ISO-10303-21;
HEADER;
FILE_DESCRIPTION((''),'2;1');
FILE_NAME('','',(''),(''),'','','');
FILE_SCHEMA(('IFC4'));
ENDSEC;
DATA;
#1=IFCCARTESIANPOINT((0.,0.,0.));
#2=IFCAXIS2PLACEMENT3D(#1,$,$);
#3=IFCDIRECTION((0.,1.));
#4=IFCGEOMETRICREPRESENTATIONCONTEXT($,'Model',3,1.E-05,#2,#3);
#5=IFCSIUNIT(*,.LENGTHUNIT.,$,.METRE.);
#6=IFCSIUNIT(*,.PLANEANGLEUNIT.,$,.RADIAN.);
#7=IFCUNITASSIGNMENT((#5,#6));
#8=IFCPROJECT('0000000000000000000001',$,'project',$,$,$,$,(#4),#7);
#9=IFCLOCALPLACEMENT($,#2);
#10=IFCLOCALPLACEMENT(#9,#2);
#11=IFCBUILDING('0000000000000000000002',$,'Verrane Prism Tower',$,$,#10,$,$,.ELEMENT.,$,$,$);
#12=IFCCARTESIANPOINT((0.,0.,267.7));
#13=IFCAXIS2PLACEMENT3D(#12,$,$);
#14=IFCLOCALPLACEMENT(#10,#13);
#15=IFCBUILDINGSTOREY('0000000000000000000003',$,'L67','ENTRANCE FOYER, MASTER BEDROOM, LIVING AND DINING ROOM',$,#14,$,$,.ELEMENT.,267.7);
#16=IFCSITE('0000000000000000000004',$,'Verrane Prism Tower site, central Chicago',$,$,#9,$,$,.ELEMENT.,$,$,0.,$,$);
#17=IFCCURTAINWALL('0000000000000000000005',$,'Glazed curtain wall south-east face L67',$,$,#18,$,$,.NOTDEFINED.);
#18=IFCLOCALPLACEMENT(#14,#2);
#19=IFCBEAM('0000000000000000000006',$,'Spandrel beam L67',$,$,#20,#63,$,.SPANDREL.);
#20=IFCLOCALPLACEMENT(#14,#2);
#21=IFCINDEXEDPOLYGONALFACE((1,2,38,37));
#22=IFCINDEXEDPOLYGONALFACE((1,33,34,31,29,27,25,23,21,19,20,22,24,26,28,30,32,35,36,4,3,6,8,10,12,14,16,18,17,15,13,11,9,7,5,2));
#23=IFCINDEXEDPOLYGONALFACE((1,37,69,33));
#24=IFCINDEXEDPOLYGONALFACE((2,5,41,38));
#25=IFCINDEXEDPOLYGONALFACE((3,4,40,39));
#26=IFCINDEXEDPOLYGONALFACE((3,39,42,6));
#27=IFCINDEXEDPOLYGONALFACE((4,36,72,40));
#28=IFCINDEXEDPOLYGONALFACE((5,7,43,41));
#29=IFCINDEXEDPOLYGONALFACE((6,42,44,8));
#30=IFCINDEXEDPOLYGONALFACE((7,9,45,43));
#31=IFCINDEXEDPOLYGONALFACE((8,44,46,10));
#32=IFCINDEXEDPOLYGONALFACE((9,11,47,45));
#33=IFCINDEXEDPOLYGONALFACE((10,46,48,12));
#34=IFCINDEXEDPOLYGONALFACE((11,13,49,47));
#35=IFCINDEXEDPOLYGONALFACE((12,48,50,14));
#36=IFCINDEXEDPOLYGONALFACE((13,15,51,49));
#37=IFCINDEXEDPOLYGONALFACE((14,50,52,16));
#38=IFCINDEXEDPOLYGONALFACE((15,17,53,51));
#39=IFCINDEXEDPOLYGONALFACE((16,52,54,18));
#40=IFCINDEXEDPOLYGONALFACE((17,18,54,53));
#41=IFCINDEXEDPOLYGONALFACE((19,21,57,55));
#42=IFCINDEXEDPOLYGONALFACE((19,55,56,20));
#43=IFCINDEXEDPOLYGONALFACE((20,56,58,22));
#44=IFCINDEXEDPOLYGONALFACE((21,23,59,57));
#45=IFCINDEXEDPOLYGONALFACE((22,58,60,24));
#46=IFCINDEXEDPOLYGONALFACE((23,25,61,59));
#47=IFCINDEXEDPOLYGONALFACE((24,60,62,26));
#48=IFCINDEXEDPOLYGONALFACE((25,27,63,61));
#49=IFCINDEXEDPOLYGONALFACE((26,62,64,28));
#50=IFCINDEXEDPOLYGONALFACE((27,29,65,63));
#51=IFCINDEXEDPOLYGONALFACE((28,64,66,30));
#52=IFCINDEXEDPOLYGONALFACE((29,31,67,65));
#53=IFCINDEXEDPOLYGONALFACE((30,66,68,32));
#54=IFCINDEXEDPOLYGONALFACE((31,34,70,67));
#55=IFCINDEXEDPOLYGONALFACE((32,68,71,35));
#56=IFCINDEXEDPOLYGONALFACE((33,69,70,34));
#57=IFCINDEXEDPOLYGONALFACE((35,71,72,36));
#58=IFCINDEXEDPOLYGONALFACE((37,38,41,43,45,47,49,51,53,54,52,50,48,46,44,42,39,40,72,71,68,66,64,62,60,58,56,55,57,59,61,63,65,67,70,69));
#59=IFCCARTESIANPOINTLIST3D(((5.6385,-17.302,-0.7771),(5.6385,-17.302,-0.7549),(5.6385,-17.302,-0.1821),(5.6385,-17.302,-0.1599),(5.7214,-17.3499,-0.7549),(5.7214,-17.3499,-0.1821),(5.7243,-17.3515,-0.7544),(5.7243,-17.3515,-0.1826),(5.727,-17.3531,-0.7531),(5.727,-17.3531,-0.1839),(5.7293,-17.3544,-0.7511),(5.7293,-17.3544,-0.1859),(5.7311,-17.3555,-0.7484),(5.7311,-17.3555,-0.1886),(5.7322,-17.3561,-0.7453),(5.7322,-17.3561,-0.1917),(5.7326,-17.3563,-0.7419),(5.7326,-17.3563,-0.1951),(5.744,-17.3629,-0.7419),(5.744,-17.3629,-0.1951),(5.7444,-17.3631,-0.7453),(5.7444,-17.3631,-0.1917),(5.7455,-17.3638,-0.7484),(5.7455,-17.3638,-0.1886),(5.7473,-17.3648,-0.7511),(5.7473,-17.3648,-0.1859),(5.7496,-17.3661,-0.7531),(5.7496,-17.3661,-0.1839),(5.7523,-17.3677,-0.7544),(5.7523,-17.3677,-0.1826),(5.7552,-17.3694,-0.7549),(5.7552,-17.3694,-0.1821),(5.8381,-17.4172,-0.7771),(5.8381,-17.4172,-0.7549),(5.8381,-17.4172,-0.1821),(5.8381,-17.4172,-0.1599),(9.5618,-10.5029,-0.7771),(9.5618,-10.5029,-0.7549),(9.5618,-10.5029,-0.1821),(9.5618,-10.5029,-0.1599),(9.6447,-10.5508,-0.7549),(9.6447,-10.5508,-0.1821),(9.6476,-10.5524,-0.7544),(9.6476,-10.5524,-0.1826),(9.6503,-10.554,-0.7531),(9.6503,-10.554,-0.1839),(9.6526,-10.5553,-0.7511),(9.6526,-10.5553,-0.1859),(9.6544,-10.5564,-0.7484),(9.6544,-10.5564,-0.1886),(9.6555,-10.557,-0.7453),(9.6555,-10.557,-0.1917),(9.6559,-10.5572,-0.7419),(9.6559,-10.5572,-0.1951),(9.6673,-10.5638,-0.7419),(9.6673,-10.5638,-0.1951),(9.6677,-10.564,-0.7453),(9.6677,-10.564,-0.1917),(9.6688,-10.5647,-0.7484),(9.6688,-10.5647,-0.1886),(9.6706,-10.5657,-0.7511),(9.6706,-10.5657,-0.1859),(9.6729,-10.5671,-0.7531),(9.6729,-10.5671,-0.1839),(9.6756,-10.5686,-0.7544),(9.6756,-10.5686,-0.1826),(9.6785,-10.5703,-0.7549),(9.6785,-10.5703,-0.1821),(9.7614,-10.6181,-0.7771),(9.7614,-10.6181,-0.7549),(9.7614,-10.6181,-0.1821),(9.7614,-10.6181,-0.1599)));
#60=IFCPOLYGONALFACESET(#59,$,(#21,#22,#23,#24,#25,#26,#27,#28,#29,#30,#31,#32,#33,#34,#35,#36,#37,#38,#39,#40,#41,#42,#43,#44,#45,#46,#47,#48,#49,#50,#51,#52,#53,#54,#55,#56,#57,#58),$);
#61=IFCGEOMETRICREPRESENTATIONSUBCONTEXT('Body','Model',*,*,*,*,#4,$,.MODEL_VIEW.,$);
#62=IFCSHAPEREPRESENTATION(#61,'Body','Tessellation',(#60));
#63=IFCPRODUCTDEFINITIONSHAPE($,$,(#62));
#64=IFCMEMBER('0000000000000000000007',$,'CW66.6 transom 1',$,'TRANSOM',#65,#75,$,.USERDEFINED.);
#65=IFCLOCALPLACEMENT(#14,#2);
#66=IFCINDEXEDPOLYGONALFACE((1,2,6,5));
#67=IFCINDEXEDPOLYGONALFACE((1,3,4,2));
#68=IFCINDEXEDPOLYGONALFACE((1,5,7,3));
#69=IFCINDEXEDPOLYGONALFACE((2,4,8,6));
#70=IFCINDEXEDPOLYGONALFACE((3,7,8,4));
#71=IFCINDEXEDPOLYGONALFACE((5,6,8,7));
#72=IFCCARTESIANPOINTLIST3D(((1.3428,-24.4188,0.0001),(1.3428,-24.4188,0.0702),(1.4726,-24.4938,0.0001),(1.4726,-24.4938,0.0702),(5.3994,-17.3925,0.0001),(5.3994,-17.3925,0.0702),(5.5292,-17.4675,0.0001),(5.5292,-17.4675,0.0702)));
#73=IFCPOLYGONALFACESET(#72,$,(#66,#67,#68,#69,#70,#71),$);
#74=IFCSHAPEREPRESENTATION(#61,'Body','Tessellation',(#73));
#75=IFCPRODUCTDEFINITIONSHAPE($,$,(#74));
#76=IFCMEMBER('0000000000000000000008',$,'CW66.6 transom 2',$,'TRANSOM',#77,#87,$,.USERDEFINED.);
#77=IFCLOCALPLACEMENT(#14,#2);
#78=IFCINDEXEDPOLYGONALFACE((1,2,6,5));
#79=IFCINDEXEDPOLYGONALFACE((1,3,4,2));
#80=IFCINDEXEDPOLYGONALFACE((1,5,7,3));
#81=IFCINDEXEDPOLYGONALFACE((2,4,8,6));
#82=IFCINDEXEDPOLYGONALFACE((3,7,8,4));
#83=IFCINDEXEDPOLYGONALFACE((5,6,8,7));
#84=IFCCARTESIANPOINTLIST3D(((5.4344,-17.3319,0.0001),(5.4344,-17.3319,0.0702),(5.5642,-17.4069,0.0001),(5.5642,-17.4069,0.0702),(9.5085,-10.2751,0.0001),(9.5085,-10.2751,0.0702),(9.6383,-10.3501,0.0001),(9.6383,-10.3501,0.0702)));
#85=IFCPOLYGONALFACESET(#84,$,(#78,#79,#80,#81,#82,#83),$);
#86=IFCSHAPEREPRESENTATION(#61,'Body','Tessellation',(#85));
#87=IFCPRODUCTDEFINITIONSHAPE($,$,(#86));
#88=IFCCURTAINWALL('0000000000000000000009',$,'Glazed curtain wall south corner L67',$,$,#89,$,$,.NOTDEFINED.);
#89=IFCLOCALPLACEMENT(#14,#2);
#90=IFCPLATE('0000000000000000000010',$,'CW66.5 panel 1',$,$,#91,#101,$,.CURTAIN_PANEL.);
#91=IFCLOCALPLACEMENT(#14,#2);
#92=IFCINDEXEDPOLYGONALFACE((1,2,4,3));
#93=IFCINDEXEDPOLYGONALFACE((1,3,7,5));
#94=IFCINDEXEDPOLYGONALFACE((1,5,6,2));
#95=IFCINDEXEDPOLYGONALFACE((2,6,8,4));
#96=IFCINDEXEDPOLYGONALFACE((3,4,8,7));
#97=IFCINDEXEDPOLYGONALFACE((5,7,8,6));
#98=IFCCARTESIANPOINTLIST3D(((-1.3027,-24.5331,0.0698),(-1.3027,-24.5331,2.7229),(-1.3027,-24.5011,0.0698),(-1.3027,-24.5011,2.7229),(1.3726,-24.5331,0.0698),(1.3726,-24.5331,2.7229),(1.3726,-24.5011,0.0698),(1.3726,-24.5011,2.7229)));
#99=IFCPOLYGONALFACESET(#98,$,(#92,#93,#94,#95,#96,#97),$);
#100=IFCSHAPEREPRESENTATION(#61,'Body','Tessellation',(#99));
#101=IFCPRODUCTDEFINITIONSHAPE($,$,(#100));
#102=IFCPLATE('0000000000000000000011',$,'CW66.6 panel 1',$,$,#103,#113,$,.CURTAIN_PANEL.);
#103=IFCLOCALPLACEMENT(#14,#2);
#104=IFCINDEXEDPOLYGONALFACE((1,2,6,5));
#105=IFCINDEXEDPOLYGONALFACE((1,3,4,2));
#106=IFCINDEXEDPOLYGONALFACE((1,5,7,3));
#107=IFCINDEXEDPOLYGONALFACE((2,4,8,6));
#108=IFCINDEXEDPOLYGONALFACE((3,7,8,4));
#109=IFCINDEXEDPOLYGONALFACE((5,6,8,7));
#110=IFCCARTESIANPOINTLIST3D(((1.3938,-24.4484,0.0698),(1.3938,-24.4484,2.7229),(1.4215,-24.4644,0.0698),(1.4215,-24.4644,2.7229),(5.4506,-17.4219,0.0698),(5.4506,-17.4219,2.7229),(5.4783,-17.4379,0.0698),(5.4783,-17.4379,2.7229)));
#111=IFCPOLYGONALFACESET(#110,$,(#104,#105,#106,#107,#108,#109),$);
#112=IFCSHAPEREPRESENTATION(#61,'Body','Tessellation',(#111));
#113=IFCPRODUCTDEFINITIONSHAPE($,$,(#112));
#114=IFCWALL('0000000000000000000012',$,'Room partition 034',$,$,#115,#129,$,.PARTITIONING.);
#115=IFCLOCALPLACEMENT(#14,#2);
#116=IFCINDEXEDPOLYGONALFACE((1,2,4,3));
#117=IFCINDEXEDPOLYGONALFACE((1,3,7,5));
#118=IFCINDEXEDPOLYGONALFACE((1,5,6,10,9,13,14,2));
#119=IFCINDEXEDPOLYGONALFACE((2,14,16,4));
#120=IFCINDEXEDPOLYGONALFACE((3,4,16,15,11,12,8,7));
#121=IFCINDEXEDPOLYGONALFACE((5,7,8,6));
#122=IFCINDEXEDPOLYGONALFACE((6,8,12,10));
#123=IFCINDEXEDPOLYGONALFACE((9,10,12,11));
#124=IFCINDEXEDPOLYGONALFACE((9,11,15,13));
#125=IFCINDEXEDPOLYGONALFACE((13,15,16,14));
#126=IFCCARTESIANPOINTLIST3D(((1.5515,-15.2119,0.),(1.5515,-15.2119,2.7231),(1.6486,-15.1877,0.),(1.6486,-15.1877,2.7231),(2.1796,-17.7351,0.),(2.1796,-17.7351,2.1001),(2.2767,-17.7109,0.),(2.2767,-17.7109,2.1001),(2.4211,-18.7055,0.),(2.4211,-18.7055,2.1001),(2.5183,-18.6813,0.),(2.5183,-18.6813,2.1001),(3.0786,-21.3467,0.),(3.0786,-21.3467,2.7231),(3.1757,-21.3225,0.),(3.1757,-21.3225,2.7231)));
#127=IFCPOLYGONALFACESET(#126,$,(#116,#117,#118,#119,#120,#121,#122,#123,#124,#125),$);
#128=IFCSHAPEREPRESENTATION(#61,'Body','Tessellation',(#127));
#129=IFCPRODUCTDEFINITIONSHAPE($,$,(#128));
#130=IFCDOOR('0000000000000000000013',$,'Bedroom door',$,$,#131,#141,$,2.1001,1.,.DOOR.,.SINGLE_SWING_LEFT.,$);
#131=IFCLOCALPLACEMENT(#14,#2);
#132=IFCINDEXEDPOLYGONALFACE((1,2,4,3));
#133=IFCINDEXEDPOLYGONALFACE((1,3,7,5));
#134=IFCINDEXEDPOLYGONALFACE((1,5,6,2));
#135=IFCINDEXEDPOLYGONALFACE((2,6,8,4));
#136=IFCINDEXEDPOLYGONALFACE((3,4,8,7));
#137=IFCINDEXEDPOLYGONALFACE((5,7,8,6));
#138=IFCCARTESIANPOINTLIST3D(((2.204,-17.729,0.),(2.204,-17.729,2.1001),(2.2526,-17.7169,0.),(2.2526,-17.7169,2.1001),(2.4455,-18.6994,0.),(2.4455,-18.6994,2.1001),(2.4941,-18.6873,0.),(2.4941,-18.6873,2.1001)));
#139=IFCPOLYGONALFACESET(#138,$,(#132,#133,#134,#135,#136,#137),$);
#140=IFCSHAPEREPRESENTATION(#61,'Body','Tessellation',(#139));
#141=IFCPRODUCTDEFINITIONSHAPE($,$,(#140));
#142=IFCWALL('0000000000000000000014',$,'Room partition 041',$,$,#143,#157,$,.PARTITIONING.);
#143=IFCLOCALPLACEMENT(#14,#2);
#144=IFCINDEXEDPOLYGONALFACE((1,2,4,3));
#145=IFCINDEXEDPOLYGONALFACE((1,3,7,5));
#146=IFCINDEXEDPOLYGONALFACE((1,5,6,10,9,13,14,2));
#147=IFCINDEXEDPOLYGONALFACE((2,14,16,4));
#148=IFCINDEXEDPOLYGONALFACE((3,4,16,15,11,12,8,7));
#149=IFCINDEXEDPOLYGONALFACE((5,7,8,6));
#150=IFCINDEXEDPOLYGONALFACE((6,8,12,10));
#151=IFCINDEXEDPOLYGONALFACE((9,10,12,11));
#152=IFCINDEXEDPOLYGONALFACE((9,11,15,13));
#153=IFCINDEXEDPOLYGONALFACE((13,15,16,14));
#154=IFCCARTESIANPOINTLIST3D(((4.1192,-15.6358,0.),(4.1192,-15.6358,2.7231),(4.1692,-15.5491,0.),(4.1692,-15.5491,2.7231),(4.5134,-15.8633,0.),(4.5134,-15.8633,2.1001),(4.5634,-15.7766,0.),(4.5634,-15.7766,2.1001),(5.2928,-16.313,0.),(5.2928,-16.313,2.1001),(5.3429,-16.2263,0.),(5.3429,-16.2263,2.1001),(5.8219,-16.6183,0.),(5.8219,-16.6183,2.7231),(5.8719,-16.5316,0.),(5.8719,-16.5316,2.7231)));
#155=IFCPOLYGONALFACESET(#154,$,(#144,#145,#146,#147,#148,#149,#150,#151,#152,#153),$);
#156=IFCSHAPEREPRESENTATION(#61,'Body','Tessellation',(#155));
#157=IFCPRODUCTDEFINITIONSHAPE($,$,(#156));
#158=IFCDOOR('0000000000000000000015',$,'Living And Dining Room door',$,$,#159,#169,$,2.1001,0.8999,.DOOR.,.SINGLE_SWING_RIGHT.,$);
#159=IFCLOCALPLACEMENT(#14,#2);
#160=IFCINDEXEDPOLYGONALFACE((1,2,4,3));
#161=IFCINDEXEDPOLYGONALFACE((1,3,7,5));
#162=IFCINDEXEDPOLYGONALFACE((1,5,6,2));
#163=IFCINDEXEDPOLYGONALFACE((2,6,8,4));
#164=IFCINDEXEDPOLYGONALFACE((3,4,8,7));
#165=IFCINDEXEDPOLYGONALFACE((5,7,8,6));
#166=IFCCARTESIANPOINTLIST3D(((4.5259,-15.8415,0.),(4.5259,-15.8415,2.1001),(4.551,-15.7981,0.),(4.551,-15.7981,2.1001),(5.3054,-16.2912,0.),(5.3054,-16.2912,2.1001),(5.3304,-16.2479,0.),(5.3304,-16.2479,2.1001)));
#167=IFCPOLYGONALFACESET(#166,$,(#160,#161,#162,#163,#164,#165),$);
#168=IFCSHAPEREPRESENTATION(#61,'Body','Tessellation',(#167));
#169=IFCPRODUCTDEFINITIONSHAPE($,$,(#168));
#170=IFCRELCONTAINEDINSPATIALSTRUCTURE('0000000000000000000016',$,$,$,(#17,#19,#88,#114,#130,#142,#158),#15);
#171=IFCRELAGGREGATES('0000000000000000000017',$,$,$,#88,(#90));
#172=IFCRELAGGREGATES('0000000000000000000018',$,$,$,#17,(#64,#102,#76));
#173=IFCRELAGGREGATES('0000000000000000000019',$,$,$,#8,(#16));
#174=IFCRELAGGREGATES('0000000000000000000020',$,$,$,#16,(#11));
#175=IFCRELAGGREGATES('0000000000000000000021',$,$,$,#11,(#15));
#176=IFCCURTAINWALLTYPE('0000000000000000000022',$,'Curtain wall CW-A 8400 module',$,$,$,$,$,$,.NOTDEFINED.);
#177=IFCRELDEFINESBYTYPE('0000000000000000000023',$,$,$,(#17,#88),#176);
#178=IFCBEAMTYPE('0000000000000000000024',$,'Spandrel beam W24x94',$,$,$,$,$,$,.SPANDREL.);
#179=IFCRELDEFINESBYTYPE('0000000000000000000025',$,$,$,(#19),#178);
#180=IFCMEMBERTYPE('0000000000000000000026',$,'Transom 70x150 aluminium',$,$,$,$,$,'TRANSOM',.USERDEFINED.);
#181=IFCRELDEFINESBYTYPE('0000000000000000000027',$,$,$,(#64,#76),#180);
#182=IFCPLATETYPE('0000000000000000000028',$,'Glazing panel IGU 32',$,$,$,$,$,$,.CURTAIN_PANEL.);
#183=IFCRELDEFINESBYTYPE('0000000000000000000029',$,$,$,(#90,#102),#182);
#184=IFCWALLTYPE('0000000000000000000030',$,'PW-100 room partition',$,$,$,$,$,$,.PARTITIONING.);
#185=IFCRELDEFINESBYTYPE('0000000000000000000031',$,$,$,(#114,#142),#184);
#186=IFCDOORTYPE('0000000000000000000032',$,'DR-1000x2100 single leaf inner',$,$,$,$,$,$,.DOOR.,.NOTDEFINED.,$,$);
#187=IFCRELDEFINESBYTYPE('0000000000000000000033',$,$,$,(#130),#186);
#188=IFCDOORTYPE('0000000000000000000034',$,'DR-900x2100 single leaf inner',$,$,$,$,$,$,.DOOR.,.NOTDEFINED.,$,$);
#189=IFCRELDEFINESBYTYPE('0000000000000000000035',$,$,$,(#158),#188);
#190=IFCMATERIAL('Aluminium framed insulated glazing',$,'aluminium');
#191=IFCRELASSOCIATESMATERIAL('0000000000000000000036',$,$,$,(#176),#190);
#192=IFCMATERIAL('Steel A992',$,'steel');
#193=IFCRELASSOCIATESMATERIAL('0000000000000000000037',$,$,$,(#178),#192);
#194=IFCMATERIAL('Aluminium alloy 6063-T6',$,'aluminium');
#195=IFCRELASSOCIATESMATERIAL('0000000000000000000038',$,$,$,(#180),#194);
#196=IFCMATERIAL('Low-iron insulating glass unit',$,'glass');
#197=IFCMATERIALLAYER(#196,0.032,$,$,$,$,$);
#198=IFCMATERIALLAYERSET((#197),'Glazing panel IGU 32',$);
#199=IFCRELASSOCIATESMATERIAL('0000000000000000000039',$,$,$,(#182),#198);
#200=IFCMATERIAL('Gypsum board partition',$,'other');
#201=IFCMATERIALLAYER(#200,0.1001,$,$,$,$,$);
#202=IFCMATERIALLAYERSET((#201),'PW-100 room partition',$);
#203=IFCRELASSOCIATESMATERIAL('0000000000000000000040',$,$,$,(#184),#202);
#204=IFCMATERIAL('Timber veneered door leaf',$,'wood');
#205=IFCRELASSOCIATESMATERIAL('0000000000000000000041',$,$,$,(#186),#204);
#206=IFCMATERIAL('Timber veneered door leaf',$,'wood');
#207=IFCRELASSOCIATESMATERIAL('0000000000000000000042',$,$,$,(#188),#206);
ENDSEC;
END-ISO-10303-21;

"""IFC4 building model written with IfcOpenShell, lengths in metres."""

from ifc_helpers import new_model, si_unit, direction, frame, frame_2d, origin, origin_2d, place, context, subcontext, project, spatial, rectangle, i_section, extrude, material, layer, layer_set, material_profile, profile_set, type_object, element, fill, aggregate, save


model = new_model("IFC4")

# Units and contexts
model_context = context("Model", 3, precision=1e-05, world=origin(), true_north=direction((0.0, 1.0)))
body_context = subcontext(model_context, "Body", "Model", "MODEL_VIEW")
ifc_project = project(units=[si_unit("LENGTHUNIT", "METRE"), si_unit("PLANEANGLEUNIT", "RADIAN")], contexts=[model_context])

# Site, building, storey
site_placement = place(None, origin())
site = spatial("IfcSite", under=ifc_project, at=site_placement, Name="Verrane Prism Tower site, central Chicago", CompositionType="ELEMENT", RefElevation=0.0)
building_placement = place(site_placement, origin())
building = spatial("IfcBuilding", under=site, at=building_placement, Name="Verrane Prism Tower", CompositionType="ELEMENT")
storey_placement = place(building_placement, frame((0.0, 0.0, 267.7)))
storey = spatial("IfcBuildingStorey", under=building, at=storey_placement, Name="L67", Description="ENTRANCE FOYER, MASTER BEDROOM, LIVING AND DINING ROOM", CompositionType="ELEMENT", Elevation=267.7)

# Curtain wall
ifc_material_1 = material(Name="Aluminium framed insulated glazing", Category="aluminium")
curtain_wall_type = type_object("IfcCurtainWallType", Name="Curtain wall CW-A 8400 module", PredefinedType="NOTDEFINED", material=ifc_material_1)
curtain_wall_1_placement = place(storey_placement, origin())
curtain_wall_1 = element("IfcCurtainWall", 1, at=curtain_wall_1_placement, inside=storey, type_object=curtain_wall_type, Name="Glazed curtain wall south-east face L67", PredefinedType="NOTDEFINED")

# Beam
ifc_material_2 = material(Name="Steel A992", Category="steel")
ifc_material_profile_1 = material_profile(ifc_material_2, i_section(OverallWidth=0.2305, OverallDepth=0.6172, WebThickness=0.0132, FlangeThickness=0.0222, FilletRadius=0.0129, at=origin_2d()), Name="W24x94")
ifc_profile_set_1 = profile_set([ifc_material_profile_1], Name="Steel A992")
beam_type_1 = type_object("IfcBeamType", Name="Spandrel beam W24x94", PredefinedType="SPANDREL", material=ifc_profile_set_1)
beam_1_placement = place(storey_placement, frame((5.7383, -17.3596, -0.4685), z_axis=(0.499799, 0.866142, 0.0), x_axis=(-0.866142, 0.499799, 0.0)))
element("IfcBeam", 2, at=beam_1_placement, inside=storey, type_object=beam_type_1, Name="Spandrel beam L67", PredefinedType="SPANDREL", context=body_context, shape_type="SweptSolid", body=[
    extrude(i_section(OverallWidth=0.2305, OverallDepth=0.6172, WebThickness=0.0132, FlangeThickness=0.0222, FilletRadius=0.0129, at=origin_2d()), origin(), (0.0, 0.0, 1.0), 7.8499),
])

# Members
ifc_material_3 = material(Name="Aluminium alloy 6063-T6", Category="aluminium")
ifc_material_profile_2 = material_profile(ifc_material_3, rectangle(XDim=0.1499, YDim=0.0701, at=origin_2d()), Name="Transom 70x150 aluminium")
ifc_profile_set_2 = profile_set([ifc_material_profile_2], Name="Aluminium alloy 6063-T6")
member_type_1 = type_object("IfcMemberType", Name="Transom 70x150 aluminium", ElementType="TRANSOM", PredefinedType="USERDEFINED", material=ifc_profile_set_2)
member_1_placement = place(storey_placement, frame((1.4077, -24.4563, 0.0352), z_axis=(0.499997, 0.866027, 0.0), x_axis=(-0.866027, 0.499997, 0.0)))
member_1 = element("IfcMember", 3, at=member_1_placement, type_object=member_type_1, Name="CW66.6 transom 1", ObjectType="TRANSOM", PredefinedType="USERDEFINED", context=body_context, shape_type="SweptSolid", body=[
    extrude(rectangle(XDim=0.1499, YDim=0.0701, at=origin_2d()), origin(), (0.0, 0.0, 1.0), 8.1133),
])
member_2_placement = place(storey_placement, frame((5.4993, -17.3694, 0.0352), z_axis=(0.499993, 0.866029, 0.0), x_axis=(-0.866029, 0.499993, 0.0)))
member_2 = element("IfcMember", 4, at=member_2_placement, type_object=member_type_1, Name="CW66.6 transom 2", ObjectType="TRANSOM", PredefinedType="USERDEFINED", context=body_context, shape_type="SweptSolid", body=[
    extrude(rectangle(XDim=0.1499, YDim=0.0701, at=origin_2d()), origin(), (0.0, 0.0, 1.0), 8.1484),
])

# Curtain wall, plate
curtain_wall_2_placement = place(storey_placement, origin())
curtain_wall_2 = element("IfcCurtainWall", 5, at=curtain_wall_2_placement, inside=storey, type_object=curtain_wall_type, Name="Glazed curtain wall south corner L67", PredefinedType="NOTDEFINED")
ifc_material_4 = material(Name="Low-iron insulating glass unit", Category="glass")
ifc_layer_1 = layer(ifc_material_4, 0.032)
ifc_layer_set_1 = layer_set([ifc_layer_1], Name="Glazing panel IGU 32")
plate_type = type_object("IfcPlateType", Name="Glazing panel IGU 32", PredefinedType="CURTAIN_PANEL", material=ifc_layer_set_1)
plate_1_placement = place(storey_placement, frame((0.0349, -24.5171, 0.0698), z_axis=(0.0, 0.0, 1.0), x_axis=(1.0, 0.0, 0.0)))
plate_1 = element("IfcPlate", 6, at=plate_1_placement, type_object=plate_type, Name="CW66.5 panel 1", PredefinedType="CURTAIN_PANEL", context=body_context, shape_type="SweptSolid", body=[
    extrude(rectangle(XDim=2.6753, YDim=0.032, at=origin_2d()), origin(), (0.0, 0.0, 1.0), 2.6531),
])
aggregate(curtain_wall_2, [plate_1])

# Plate
plate_2_placement = place(storey_placement, frame((3.436, -20.9431, 0.0698), z_axis=(0.0, 0.0, 1.0), x_axis=(0.500001, 0.866025, 0.0)))
plate_2 = element("IfcPlate", 7, at=plate_2_placement, type_object=plate_type, Name="CW66.6 panel 1", PredefinedType="CURTAIN_PANEL", context=body_context, shape_type="SweptSolid", body=[
    extrude(rectangle(XDim=8.1135, YDim=0.032, at=origin_2d()), origin(), (0.0, 0.0, 1.0), 2.6531),
])
aggregate(curtain_wall_1, [member_1, plate_2, member_2])

# Walls, openings, doors
ifc_material_5 = material(Name="Gypsum board partition", Category="other")
ifc_layer_2 = layer(ifc_material_5, 0.1001)
ifc_layer_set_2 = layer_set([ifc_layer_2], Name="PW-100 room partition")
wall_type_1 = type_object("IfcWallType", Name="PW-100 room partition", PredefinedType="PARTITIONING", material=ifc_layer_set_2)
wall_1_placement = place(storey_placement, frame((3.1272, -21.3347, 0.0), z_axis=(0.0, 0.0, 1.0), x_axis=(-0.241554, 0.970387, 0.0)))
wall_1 = element("IfcWall", 8, at=wall_1_placement, inside=storey, type_object=wall_type_1, Name="Room partition 034", PredefinedType="PARTITIONING", context=body_context, shape_type="SweptSolid", body=[
    extrude(rectangle(XDim=6.322, YDim=0.1001, at=frame_2d((3.1611, 0.0))), origin(), (0.0, 0.0, 1.0), 2.7231),
])
opening_1_placement = place(wall_1_placement, frame((2.7219, 0.0, 0.0)))
opening_1 = element("IfcOpeningElement", 9, at=opening_1_placement, cuts=wall_1, PredefinedType="OPENING", context=body_context, shape_type="SweptSolid", body=[
    extrude(rectangle(XDim=1.0, YDim=2.1001, at=frame_2d((0.5, 1.05))), frame((0.0, 0.0601, 0.0), z_axis=(0.0, -1.0, 0.0), x_axis=(1.0, 0.0, 0.0)), (0.0, 0.0, 1.0), 0.1201),
])
ifc_material_6 = material(Name="Timber veneered door leaf", Category="wood")
door_type_1 = type_object("IfcDoorType", Name="DR-1000x2100 single leaf inner", OperationType="NOTDEFINED", PredefinedType="DOOR", material=ifc_material_6)
door_1_placement = place(opening_1_placement, origin())
door_1 = element("IfcDoor", 10, at=door_1_placement, inside=storey, type_object=door_type_1, Name="Bedroom door", OperationType="SINGLE_SWING_LEFT", OverallHeight=2.1001, OverallWidth=1.0, PredefinedType="DOOR", context=body_context, shape_type="SweptSolid", body=[
    extrude(rectangle(XDim=1.0, YDim=2.1001, at=frame_2d((0.5, 1.05))), frame((0.0, 0.0249, 0.0), z_axis=(0.0, -1.0, 0.0), x_axis=(1.0, 0.0, 0.0)), (0.0, 0.0, 1.0), 0.05),
])
fill(opening_1, door_1)
wall_2_placement = place(storey_placement, frame((5.8469, -16.575, 0.0), z_axis=(0.0, 0.0, 1.0), x_axis=(-0.866157, 0.499773, 0.0)))
wall_2 = element("IfcWall", 11, at=wall_2_placement, inside=storey, type_object=wall_type_1, Name="Room partition 041", PredefinedType="PARTITIONING", context=body_context, shape_type="SweptSolid", body=[
    extrude(rectangle(XDim=1.9658, YDim=0.1001, at=frame_2d((0.9829, 0.0))), origin(), (0.0, 0.0, 1.0), 2.7231),
])
opening_2_placement = place(wall_2_placement, frame((0.6108, 0.0, 0.0)))
opening_2 = element("IfcOpeningElement", 12, at=opening_2_placement, cuts=wall_2, PredefinedType="OPENING", context=body_context, shape_type="SweptSolid", body=[
    extrude(rectangle(XDim=0.8999, YDim=2.1001, at=frame_2d((0.45, 1.05))), frame((0.0, 0.0601, 0.0), z_axis=(0.0, -1.0, 0.0), x_axis=(1.0, 0.0, 0.0)), (0.0, 0.0, 1.0), 0.1201),
])
ifc_material_7 = material(Name="Timber veneered door leaf", Category="wood")
door_type_2 = type_object("IfcDoorType", Name="DR-900x2100 single leaf inner", OperationType="NOTDEFINED", PredefinedType="DOOR", material=ifc_material_7)
door_2_placement = place(opening_2_placement, origin())
door_2 = element("IfcDoor", 13, at=door_2_placement, inside=storey, type_object=door_type_2, Name="Living And Dining Room door", OperationType="SINGLE_SWING_RIGHT", OverallHeight=2.1001, OverallWidth=0.8999, PredefinedType="DOOR", context=body_context, shape_type="SweptSolid", body=[
    extrude(rectangle(XDim=0.8999, YDim=2.1001, at=frame_2d((0.45, 1.05))), frame((0.0, 0.0249, 0.0), z_axis=(0.0, -1.0, 0.0), x_axis=(1.0, 0.0, 0.0)), (0.0, 0.0, 1.0), 0.05),
])
fill(opening_2, door_2)

save(model, "model.ifc")
